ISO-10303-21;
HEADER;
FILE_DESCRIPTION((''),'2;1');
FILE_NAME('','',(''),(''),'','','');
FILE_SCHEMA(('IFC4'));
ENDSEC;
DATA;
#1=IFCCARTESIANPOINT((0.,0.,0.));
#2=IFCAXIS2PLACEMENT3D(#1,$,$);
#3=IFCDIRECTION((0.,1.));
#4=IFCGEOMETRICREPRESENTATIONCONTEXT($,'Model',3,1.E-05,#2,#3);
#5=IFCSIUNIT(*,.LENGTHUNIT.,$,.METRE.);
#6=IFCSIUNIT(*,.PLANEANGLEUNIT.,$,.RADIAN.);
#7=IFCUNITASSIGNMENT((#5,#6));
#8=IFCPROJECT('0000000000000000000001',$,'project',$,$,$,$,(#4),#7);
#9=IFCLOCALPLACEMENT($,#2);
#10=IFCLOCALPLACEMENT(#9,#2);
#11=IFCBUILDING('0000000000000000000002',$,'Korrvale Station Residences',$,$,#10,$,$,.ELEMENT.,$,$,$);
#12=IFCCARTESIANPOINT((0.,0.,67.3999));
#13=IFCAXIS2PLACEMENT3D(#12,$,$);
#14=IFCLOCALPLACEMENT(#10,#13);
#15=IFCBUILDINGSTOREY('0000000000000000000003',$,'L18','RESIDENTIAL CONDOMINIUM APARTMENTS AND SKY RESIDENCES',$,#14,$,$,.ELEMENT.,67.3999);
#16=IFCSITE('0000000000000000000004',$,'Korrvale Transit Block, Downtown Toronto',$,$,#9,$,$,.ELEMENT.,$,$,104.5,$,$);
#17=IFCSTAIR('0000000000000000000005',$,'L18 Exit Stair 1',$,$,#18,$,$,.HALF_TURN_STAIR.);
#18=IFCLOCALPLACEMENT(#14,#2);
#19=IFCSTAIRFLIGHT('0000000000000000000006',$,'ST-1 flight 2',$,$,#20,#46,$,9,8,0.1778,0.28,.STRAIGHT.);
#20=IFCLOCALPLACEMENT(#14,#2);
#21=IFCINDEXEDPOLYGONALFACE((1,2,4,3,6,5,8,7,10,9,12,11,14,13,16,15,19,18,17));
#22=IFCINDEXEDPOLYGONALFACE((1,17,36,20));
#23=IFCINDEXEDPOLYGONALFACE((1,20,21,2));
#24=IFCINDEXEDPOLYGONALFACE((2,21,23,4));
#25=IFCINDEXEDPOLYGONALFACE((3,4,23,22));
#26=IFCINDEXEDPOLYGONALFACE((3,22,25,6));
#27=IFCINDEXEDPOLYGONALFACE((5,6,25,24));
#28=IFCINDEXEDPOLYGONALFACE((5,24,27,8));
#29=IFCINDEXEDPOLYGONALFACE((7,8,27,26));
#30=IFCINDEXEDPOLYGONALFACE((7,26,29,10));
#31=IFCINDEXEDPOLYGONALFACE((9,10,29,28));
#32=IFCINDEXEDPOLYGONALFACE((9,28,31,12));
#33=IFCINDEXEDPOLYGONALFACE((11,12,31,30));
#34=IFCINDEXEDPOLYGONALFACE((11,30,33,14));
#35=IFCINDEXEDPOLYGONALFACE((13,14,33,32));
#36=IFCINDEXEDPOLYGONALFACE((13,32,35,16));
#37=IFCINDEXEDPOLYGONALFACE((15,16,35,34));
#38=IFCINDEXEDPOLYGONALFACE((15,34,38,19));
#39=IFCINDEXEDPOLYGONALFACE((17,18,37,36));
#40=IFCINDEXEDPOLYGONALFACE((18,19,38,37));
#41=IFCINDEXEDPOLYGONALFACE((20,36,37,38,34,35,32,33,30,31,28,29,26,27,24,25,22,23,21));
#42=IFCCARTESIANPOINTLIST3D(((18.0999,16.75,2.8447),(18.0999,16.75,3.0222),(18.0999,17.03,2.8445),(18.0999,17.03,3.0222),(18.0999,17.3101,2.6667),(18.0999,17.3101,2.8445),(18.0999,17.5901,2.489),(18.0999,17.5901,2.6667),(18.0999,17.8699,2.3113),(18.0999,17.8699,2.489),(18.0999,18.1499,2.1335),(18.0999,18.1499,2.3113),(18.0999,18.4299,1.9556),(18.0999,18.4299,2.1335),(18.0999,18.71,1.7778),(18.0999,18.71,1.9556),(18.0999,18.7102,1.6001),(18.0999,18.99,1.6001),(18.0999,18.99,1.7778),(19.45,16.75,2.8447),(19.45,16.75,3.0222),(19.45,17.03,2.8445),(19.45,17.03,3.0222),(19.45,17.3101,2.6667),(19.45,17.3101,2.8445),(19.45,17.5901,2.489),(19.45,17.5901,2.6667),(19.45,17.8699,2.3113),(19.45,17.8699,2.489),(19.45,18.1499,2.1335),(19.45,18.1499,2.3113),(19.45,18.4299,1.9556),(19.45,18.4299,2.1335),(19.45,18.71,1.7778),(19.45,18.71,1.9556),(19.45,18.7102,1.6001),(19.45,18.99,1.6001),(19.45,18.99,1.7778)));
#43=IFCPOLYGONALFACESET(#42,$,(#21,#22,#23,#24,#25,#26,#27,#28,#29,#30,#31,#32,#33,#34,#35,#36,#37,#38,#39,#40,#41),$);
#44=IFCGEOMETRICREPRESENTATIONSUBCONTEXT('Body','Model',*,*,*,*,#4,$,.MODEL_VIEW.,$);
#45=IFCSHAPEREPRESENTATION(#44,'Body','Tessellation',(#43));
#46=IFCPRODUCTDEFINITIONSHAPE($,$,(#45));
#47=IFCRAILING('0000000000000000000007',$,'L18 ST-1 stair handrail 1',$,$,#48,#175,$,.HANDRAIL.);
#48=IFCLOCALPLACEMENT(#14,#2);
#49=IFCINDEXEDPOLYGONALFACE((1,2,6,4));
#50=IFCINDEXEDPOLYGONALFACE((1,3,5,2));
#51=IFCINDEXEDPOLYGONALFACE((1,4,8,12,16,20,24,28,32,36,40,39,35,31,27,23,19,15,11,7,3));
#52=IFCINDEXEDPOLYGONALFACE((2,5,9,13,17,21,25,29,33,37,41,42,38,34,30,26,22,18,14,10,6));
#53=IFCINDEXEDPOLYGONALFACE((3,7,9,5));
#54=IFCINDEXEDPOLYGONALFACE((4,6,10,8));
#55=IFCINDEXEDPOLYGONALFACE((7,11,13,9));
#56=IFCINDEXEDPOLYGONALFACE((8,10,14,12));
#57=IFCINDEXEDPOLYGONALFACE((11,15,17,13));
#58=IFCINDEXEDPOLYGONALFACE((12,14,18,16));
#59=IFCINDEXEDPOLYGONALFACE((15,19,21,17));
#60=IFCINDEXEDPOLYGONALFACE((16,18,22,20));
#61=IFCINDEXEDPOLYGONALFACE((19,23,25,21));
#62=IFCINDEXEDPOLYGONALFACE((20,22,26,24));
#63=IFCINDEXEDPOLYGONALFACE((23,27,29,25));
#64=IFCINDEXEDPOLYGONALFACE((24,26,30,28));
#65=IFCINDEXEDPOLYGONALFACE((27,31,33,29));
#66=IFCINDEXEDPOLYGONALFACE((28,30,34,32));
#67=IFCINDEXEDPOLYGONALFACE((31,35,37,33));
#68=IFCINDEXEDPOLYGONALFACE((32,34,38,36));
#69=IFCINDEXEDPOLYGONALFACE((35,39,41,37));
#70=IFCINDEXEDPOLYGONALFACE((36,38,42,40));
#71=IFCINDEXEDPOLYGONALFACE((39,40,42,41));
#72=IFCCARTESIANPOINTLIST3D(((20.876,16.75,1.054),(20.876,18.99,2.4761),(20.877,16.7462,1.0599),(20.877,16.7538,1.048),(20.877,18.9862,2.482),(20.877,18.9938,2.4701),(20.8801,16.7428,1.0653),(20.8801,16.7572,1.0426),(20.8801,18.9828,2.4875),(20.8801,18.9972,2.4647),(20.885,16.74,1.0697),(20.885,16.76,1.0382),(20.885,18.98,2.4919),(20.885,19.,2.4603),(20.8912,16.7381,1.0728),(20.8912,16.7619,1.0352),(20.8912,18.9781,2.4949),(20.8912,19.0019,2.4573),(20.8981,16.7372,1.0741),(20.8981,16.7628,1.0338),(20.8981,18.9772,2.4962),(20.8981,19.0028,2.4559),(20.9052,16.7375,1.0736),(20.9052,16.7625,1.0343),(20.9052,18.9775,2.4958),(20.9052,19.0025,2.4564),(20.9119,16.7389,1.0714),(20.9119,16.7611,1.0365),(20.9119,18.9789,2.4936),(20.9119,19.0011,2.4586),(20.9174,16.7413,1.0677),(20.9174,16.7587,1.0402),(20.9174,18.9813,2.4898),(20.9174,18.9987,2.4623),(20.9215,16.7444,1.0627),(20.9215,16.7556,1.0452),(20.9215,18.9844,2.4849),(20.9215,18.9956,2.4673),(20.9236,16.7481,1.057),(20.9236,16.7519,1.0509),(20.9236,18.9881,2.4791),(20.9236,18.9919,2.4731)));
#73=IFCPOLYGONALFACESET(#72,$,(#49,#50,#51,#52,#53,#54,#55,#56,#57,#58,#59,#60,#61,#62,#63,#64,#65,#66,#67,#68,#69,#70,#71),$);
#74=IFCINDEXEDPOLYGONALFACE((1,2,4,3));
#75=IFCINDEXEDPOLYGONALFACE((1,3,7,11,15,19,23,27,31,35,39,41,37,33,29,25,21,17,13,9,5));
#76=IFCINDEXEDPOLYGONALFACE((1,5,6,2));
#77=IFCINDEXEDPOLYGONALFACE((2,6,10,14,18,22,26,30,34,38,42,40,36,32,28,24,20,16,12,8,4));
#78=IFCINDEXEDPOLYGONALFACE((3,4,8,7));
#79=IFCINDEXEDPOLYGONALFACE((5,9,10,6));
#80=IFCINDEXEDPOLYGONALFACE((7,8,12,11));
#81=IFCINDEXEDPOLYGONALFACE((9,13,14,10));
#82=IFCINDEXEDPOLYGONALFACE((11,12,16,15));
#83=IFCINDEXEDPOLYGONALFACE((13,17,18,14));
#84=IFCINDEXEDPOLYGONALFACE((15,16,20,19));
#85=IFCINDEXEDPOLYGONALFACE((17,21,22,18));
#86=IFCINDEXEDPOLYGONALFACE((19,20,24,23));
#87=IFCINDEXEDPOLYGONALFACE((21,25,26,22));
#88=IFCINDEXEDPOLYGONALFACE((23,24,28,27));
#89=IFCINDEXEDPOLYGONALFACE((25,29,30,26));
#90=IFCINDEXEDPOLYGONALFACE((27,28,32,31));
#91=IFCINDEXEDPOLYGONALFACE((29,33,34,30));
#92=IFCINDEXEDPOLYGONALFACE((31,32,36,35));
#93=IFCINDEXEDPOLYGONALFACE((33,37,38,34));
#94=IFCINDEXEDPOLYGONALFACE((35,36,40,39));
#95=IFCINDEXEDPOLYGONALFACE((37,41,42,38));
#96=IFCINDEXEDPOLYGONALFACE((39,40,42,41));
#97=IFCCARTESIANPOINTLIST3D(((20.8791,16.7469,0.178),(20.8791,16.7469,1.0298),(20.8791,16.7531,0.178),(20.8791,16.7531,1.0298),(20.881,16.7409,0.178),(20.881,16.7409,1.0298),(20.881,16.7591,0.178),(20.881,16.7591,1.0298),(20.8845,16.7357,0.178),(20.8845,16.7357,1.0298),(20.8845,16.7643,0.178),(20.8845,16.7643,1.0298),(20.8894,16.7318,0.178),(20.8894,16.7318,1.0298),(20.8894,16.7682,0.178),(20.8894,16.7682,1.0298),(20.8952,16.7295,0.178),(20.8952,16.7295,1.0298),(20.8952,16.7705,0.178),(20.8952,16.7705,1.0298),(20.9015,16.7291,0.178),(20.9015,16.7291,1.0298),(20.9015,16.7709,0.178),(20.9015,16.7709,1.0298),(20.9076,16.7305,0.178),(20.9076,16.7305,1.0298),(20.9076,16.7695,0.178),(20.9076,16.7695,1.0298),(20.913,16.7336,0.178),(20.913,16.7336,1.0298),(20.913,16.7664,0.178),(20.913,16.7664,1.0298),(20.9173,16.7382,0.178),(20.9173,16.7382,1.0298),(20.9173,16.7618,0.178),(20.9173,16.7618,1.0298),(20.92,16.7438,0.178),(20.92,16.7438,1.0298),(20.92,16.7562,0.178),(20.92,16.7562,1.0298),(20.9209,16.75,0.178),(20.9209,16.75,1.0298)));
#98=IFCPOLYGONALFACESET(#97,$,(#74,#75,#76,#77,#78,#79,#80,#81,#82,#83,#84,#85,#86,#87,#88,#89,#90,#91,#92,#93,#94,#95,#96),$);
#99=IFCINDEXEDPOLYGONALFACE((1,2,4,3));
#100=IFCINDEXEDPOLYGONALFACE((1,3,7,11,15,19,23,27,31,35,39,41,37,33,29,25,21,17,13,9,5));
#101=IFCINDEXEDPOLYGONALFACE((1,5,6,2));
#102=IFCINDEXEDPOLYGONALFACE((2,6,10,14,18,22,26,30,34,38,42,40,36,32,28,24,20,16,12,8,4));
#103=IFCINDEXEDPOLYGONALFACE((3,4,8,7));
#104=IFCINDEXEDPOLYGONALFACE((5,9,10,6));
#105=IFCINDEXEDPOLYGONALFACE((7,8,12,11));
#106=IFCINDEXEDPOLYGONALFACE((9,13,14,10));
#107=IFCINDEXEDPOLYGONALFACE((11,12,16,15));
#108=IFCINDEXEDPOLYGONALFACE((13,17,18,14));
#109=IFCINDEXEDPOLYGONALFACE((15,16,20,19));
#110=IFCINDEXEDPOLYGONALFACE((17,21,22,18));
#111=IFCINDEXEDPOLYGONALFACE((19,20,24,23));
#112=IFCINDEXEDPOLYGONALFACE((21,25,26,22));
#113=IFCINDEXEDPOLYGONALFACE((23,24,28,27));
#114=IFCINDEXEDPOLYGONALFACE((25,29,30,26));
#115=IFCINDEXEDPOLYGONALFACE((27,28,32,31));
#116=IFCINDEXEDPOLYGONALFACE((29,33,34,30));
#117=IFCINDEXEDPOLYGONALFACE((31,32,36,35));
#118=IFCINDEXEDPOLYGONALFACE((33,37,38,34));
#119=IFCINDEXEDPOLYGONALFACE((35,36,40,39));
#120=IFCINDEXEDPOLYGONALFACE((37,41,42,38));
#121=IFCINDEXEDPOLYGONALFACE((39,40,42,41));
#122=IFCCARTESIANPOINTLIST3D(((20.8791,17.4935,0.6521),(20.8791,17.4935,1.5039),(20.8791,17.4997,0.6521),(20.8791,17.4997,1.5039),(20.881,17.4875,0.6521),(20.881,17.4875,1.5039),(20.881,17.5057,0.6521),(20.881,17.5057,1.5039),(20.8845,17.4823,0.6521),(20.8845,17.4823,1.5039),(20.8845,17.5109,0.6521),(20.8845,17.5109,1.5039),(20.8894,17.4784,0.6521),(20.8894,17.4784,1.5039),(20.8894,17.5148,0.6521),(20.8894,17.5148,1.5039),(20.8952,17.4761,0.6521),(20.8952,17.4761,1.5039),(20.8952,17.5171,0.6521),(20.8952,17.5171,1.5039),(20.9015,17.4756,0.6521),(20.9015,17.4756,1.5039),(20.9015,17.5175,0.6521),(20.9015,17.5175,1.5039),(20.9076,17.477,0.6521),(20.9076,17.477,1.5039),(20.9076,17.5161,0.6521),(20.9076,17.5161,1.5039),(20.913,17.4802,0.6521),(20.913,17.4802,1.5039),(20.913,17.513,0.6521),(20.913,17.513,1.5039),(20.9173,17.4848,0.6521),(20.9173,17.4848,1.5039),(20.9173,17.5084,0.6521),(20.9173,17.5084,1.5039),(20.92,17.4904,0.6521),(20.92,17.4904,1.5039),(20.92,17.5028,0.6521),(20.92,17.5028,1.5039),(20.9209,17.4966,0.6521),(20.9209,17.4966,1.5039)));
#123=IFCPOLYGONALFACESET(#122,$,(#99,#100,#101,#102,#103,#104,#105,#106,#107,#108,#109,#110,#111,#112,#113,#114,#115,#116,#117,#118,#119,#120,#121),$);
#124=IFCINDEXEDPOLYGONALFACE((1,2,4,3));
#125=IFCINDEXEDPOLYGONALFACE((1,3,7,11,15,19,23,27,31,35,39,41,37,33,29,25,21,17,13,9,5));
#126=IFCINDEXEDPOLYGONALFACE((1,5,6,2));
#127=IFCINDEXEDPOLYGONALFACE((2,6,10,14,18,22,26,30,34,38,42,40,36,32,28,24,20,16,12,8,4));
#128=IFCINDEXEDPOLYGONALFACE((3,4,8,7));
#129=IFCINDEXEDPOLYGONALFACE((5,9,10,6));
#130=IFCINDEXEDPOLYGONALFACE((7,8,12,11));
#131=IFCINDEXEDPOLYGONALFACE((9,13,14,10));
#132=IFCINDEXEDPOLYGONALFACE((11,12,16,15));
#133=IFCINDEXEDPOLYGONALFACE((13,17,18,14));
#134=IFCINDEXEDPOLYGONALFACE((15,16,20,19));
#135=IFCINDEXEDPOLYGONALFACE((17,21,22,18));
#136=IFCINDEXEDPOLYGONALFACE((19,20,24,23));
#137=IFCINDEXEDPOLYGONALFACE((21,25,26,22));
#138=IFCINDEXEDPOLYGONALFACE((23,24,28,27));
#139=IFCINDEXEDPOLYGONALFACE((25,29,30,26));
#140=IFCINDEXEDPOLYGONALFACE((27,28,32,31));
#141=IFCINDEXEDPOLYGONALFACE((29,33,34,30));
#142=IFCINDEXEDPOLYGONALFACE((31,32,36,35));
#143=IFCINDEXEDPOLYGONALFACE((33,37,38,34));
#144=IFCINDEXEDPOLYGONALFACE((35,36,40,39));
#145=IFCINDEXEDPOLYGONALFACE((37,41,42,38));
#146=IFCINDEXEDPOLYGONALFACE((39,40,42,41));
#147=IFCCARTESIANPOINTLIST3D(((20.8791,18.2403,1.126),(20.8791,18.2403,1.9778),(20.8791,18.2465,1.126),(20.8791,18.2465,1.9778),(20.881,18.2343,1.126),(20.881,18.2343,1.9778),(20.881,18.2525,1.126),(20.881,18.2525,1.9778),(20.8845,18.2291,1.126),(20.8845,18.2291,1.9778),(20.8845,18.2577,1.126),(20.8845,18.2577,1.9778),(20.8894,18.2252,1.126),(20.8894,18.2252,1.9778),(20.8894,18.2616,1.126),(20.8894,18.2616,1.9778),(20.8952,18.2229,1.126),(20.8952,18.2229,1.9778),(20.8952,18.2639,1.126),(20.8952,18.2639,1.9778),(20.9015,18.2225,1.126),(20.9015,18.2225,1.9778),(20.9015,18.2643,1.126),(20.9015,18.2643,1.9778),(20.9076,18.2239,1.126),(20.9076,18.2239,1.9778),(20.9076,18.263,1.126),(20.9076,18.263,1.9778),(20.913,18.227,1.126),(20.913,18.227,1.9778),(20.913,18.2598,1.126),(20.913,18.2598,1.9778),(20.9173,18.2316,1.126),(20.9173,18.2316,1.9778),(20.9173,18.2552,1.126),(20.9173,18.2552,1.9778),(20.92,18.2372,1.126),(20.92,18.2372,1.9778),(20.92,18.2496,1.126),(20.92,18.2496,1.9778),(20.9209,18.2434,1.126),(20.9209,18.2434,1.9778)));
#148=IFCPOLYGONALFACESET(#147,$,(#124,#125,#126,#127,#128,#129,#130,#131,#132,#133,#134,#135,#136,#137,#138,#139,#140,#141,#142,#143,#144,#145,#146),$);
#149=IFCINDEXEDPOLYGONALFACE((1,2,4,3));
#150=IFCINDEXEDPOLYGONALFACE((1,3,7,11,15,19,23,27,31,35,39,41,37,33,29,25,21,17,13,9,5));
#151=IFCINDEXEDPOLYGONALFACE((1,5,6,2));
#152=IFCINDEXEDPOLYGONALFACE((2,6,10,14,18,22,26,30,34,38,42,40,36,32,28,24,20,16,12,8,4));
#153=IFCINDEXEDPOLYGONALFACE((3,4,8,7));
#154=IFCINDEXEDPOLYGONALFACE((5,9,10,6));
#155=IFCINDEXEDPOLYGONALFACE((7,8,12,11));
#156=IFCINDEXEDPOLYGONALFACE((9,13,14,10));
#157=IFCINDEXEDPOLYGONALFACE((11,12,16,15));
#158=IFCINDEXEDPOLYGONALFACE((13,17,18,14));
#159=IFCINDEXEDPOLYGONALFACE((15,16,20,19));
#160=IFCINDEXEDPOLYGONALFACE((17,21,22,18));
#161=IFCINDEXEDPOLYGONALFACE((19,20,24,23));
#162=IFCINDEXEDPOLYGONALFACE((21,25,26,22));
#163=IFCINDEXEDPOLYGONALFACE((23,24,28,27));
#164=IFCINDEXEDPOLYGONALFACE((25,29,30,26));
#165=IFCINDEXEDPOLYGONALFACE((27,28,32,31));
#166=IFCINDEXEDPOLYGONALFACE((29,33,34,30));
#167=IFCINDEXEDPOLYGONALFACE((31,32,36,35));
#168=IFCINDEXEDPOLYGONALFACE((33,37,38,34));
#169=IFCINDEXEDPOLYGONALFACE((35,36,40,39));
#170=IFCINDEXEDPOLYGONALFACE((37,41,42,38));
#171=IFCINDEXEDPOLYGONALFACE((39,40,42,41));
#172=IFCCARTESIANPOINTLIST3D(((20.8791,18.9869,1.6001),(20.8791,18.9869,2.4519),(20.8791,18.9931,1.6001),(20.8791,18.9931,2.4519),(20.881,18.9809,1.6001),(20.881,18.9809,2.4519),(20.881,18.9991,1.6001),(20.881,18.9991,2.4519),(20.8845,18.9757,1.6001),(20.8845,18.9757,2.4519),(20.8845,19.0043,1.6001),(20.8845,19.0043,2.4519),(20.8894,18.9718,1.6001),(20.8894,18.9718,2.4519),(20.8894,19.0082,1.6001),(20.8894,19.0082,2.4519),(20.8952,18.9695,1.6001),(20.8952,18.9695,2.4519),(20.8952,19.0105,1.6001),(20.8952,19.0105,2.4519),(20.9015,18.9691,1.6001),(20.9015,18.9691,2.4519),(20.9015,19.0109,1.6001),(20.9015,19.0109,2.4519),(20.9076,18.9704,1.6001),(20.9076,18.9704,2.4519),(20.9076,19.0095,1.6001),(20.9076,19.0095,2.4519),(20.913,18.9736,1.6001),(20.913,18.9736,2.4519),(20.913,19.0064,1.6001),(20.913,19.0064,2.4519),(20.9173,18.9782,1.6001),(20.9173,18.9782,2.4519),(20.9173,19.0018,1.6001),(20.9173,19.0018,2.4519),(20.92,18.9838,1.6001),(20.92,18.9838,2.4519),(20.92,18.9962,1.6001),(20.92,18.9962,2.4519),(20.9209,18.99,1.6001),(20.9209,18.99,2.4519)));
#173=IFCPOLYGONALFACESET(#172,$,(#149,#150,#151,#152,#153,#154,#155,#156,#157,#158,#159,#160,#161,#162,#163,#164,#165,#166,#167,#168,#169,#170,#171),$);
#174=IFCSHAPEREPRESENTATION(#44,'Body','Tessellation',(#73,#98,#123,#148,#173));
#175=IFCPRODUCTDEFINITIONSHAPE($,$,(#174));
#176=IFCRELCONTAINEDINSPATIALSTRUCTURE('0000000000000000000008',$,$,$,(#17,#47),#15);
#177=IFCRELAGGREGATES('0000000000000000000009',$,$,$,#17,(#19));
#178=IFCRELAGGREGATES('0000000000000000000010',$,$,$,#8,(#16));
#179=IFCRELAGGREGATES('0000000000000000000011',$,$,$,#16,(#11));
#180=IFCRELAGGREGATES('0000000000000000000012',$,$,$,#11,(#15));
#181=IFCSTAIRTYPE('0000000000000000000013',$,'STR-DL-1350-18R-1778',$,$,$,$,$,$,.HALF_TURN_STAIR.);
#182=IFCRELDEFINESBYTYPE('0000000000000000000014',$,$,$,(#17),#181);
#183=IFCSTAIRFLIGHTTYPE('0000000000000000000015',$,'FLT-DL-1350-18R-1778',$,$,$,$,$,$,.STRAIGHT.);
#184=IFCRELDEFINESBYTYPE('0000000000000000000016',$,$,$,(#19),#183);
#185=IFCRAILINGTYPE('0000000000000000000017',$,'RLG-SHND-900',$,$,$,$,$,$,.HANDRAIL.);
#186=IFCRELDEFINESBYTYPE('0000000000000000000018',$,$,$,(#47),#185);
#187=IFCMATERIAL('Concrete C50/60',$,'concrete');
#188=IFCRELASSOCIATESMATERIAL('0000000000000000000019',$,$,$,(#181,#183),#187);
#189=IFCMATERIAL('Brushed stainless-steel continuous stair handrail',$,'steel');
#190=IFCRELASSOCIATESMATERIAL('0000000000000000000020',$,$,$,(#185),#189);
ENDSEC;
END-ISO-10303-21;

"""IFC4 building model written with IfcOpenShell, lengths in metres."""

from ifc_helpers import new_model, si_unit, direction, frame, origin, origin_2d, place, context, subcontext, project, spatial, polyline, circle, outline, extrude, material, type_object, element, aggregate, save


model = new_model("IFC4")

# Units and contexts
model_context = context("Model", 3, precision=1e-05, world=origin(), true_north=direction((0.0, 1.0)))
body_context = subcontext(model_context, "Body", "Model", "MODEL_VIEW")
ifc_project = project(units=[si_unit("LENGTHUNIT", "METRE"), si_unit("PLANEANGLEUNIT", "RADIAN")], contexts=[model_context])

# Site, building, storey
site_placement = place(None, origin())
site = spatial("IfcSite", under=ifc_project, at=site_placement, Name="Korrvale Transit Block, Downtown Toronto", CompositionType="ELEMENT", RefElevation=104.5)
building_placement = place(site_placement, origin())
building = spatial("IfcBuilding", under=site, at=building_placement, Name="Korrvale Station Residences", CompositionType="ELEMENT")
storey_placement = place(building_placement, frame((0.0, 0.0, 67.3999)))
storey = spatial("IfcBuildingStorey", under=building, at=storey_placement, Name="L18", Description="RESIDENTIAL CONDOMINIUM APARTMENTS AND SKY RESIDENCES", CompositionType="ELEMENT", Elevation=67.3999)

# Stair, stair flight
ifc_material_1 = material(Name="Concrete C50/60", Category="concrete")
stair_type = type_object("IfcStairType", Name="STR-DL-1350-18R-1778", PredefinedType="HALF_TURN_STAIR", material=ifc_material_1)
stair_placement = place(storey_placement, origin())
stair = element("IfcStair", 1, at=stair_placement, inside=storey, type_object=stair_type, Name="L18 Exit Stair 1", PredefinedType="HALF_TURN_STAIR")
stair_flight_type = type_object("IfcStairFlightType", Name="FLT-DL-1350-18R-1778", PredefinedType="STRAIGHT", material=ifc_material_1)
stair_flight_1_placement = place(storey_placement, frame((18.7749, 18.99, 1.6001), z_axis=(0.0, 0.0, 1.0), x_axis=(0.0, -1.0, 0.0)))
stair_flight_1 = element("IfcStairFlight", 2, at=stair_flight_1_placement, type_object=stair_flight_type, Name="ST-1 flight 2", NumberOfRisers=9, NumberOfTreads=8, PredefinedType="STRAIGHT", RiserHeight=0.1778, TreadLength=0.28, context=body_context, shape_type="SweptSolid", body=[
    extrude(outline(polyline([(0.0, 0.0), (0.0, 0.1777), (0.28, 0.1777), (0.28, 0.3555), (0.5601, 0.3555), (0.5601, 0.5334), (0.8401, 0.5334), (0.8401, 0.7112), (1.1201, 0.7112), (1.1201, 0.8889), (1.3999, 0.8889), (1.3999, 1.0667), (1.6799, 1.0667), (1.6799, 1.2444), (1.96, 1.2444), (1.96, 1.4221), (2.24, 1.4221), (2.24, 1.6001), (2.24, 1.2446), (0.2798, 0.0), (0.0, 0.0)])), frame((0.0, 0.675, 0.0), z_axis=(0.0, -1.0, 0.0), x_axis=(1.0, 0.0, 0.0)), (0.0, 0.0, 1.0), 1.3501),
])
aggregate(stair, [stair_flight_1])

# Railing
ifc_material_2 = material(Name="Brushed stainless-steel continuous stair handrail", Category="steel")
railing_type_1 = type_object("IfcRailingType", Name="RLG-SHND-900", PredefinedType="HANDRAIL", material=ifc_material_2)
railing_1_placement = place(storey_placement, frame((20.8999, 16.75, 0.178)))
element("IfcRailing", 3, at=railing_1_placement, inside=storey, type_object=railing_type_1, Name="L18 ST-1 stair handrail 1", PredefinedType="HANDRAIL", context=body_context, shape_type="SweptSolid", body=[
    extrude(circle(Radius=0.0239, at=origin_2d()), frame((0.0, 0.0, 0.876), z_axis=(0.0, 0.844229, 0.535982), x_axis=(-1.0, 0.0, 0.0)), (0.0, 0.0, 1.0), 2.6533),
    extrude(circle(Radius=0.021, at=origin_2d()), origin(), (0.0, 0.0, 1.0), 0.8518),
    extrude(circle(Radius=0.021, at=origin_2d()), frame((0.0, 0.7466, 0.4741)), (0.0, 0.0, 1.0), 0.8518),
    extrude(circle(Radius=0.021, at=origin_2d()), frame((0.0, 1.4934, 0.948)), (0.0, 0.0, 1.0), 0.8518),
    extrude(circle(Radius=0.021, at=origin_2d()), frame((0.0, 2.24, 1.4221)), (0.0, 0.0, 1.0), 0.8518),
])

save(model, "model.ifc")
